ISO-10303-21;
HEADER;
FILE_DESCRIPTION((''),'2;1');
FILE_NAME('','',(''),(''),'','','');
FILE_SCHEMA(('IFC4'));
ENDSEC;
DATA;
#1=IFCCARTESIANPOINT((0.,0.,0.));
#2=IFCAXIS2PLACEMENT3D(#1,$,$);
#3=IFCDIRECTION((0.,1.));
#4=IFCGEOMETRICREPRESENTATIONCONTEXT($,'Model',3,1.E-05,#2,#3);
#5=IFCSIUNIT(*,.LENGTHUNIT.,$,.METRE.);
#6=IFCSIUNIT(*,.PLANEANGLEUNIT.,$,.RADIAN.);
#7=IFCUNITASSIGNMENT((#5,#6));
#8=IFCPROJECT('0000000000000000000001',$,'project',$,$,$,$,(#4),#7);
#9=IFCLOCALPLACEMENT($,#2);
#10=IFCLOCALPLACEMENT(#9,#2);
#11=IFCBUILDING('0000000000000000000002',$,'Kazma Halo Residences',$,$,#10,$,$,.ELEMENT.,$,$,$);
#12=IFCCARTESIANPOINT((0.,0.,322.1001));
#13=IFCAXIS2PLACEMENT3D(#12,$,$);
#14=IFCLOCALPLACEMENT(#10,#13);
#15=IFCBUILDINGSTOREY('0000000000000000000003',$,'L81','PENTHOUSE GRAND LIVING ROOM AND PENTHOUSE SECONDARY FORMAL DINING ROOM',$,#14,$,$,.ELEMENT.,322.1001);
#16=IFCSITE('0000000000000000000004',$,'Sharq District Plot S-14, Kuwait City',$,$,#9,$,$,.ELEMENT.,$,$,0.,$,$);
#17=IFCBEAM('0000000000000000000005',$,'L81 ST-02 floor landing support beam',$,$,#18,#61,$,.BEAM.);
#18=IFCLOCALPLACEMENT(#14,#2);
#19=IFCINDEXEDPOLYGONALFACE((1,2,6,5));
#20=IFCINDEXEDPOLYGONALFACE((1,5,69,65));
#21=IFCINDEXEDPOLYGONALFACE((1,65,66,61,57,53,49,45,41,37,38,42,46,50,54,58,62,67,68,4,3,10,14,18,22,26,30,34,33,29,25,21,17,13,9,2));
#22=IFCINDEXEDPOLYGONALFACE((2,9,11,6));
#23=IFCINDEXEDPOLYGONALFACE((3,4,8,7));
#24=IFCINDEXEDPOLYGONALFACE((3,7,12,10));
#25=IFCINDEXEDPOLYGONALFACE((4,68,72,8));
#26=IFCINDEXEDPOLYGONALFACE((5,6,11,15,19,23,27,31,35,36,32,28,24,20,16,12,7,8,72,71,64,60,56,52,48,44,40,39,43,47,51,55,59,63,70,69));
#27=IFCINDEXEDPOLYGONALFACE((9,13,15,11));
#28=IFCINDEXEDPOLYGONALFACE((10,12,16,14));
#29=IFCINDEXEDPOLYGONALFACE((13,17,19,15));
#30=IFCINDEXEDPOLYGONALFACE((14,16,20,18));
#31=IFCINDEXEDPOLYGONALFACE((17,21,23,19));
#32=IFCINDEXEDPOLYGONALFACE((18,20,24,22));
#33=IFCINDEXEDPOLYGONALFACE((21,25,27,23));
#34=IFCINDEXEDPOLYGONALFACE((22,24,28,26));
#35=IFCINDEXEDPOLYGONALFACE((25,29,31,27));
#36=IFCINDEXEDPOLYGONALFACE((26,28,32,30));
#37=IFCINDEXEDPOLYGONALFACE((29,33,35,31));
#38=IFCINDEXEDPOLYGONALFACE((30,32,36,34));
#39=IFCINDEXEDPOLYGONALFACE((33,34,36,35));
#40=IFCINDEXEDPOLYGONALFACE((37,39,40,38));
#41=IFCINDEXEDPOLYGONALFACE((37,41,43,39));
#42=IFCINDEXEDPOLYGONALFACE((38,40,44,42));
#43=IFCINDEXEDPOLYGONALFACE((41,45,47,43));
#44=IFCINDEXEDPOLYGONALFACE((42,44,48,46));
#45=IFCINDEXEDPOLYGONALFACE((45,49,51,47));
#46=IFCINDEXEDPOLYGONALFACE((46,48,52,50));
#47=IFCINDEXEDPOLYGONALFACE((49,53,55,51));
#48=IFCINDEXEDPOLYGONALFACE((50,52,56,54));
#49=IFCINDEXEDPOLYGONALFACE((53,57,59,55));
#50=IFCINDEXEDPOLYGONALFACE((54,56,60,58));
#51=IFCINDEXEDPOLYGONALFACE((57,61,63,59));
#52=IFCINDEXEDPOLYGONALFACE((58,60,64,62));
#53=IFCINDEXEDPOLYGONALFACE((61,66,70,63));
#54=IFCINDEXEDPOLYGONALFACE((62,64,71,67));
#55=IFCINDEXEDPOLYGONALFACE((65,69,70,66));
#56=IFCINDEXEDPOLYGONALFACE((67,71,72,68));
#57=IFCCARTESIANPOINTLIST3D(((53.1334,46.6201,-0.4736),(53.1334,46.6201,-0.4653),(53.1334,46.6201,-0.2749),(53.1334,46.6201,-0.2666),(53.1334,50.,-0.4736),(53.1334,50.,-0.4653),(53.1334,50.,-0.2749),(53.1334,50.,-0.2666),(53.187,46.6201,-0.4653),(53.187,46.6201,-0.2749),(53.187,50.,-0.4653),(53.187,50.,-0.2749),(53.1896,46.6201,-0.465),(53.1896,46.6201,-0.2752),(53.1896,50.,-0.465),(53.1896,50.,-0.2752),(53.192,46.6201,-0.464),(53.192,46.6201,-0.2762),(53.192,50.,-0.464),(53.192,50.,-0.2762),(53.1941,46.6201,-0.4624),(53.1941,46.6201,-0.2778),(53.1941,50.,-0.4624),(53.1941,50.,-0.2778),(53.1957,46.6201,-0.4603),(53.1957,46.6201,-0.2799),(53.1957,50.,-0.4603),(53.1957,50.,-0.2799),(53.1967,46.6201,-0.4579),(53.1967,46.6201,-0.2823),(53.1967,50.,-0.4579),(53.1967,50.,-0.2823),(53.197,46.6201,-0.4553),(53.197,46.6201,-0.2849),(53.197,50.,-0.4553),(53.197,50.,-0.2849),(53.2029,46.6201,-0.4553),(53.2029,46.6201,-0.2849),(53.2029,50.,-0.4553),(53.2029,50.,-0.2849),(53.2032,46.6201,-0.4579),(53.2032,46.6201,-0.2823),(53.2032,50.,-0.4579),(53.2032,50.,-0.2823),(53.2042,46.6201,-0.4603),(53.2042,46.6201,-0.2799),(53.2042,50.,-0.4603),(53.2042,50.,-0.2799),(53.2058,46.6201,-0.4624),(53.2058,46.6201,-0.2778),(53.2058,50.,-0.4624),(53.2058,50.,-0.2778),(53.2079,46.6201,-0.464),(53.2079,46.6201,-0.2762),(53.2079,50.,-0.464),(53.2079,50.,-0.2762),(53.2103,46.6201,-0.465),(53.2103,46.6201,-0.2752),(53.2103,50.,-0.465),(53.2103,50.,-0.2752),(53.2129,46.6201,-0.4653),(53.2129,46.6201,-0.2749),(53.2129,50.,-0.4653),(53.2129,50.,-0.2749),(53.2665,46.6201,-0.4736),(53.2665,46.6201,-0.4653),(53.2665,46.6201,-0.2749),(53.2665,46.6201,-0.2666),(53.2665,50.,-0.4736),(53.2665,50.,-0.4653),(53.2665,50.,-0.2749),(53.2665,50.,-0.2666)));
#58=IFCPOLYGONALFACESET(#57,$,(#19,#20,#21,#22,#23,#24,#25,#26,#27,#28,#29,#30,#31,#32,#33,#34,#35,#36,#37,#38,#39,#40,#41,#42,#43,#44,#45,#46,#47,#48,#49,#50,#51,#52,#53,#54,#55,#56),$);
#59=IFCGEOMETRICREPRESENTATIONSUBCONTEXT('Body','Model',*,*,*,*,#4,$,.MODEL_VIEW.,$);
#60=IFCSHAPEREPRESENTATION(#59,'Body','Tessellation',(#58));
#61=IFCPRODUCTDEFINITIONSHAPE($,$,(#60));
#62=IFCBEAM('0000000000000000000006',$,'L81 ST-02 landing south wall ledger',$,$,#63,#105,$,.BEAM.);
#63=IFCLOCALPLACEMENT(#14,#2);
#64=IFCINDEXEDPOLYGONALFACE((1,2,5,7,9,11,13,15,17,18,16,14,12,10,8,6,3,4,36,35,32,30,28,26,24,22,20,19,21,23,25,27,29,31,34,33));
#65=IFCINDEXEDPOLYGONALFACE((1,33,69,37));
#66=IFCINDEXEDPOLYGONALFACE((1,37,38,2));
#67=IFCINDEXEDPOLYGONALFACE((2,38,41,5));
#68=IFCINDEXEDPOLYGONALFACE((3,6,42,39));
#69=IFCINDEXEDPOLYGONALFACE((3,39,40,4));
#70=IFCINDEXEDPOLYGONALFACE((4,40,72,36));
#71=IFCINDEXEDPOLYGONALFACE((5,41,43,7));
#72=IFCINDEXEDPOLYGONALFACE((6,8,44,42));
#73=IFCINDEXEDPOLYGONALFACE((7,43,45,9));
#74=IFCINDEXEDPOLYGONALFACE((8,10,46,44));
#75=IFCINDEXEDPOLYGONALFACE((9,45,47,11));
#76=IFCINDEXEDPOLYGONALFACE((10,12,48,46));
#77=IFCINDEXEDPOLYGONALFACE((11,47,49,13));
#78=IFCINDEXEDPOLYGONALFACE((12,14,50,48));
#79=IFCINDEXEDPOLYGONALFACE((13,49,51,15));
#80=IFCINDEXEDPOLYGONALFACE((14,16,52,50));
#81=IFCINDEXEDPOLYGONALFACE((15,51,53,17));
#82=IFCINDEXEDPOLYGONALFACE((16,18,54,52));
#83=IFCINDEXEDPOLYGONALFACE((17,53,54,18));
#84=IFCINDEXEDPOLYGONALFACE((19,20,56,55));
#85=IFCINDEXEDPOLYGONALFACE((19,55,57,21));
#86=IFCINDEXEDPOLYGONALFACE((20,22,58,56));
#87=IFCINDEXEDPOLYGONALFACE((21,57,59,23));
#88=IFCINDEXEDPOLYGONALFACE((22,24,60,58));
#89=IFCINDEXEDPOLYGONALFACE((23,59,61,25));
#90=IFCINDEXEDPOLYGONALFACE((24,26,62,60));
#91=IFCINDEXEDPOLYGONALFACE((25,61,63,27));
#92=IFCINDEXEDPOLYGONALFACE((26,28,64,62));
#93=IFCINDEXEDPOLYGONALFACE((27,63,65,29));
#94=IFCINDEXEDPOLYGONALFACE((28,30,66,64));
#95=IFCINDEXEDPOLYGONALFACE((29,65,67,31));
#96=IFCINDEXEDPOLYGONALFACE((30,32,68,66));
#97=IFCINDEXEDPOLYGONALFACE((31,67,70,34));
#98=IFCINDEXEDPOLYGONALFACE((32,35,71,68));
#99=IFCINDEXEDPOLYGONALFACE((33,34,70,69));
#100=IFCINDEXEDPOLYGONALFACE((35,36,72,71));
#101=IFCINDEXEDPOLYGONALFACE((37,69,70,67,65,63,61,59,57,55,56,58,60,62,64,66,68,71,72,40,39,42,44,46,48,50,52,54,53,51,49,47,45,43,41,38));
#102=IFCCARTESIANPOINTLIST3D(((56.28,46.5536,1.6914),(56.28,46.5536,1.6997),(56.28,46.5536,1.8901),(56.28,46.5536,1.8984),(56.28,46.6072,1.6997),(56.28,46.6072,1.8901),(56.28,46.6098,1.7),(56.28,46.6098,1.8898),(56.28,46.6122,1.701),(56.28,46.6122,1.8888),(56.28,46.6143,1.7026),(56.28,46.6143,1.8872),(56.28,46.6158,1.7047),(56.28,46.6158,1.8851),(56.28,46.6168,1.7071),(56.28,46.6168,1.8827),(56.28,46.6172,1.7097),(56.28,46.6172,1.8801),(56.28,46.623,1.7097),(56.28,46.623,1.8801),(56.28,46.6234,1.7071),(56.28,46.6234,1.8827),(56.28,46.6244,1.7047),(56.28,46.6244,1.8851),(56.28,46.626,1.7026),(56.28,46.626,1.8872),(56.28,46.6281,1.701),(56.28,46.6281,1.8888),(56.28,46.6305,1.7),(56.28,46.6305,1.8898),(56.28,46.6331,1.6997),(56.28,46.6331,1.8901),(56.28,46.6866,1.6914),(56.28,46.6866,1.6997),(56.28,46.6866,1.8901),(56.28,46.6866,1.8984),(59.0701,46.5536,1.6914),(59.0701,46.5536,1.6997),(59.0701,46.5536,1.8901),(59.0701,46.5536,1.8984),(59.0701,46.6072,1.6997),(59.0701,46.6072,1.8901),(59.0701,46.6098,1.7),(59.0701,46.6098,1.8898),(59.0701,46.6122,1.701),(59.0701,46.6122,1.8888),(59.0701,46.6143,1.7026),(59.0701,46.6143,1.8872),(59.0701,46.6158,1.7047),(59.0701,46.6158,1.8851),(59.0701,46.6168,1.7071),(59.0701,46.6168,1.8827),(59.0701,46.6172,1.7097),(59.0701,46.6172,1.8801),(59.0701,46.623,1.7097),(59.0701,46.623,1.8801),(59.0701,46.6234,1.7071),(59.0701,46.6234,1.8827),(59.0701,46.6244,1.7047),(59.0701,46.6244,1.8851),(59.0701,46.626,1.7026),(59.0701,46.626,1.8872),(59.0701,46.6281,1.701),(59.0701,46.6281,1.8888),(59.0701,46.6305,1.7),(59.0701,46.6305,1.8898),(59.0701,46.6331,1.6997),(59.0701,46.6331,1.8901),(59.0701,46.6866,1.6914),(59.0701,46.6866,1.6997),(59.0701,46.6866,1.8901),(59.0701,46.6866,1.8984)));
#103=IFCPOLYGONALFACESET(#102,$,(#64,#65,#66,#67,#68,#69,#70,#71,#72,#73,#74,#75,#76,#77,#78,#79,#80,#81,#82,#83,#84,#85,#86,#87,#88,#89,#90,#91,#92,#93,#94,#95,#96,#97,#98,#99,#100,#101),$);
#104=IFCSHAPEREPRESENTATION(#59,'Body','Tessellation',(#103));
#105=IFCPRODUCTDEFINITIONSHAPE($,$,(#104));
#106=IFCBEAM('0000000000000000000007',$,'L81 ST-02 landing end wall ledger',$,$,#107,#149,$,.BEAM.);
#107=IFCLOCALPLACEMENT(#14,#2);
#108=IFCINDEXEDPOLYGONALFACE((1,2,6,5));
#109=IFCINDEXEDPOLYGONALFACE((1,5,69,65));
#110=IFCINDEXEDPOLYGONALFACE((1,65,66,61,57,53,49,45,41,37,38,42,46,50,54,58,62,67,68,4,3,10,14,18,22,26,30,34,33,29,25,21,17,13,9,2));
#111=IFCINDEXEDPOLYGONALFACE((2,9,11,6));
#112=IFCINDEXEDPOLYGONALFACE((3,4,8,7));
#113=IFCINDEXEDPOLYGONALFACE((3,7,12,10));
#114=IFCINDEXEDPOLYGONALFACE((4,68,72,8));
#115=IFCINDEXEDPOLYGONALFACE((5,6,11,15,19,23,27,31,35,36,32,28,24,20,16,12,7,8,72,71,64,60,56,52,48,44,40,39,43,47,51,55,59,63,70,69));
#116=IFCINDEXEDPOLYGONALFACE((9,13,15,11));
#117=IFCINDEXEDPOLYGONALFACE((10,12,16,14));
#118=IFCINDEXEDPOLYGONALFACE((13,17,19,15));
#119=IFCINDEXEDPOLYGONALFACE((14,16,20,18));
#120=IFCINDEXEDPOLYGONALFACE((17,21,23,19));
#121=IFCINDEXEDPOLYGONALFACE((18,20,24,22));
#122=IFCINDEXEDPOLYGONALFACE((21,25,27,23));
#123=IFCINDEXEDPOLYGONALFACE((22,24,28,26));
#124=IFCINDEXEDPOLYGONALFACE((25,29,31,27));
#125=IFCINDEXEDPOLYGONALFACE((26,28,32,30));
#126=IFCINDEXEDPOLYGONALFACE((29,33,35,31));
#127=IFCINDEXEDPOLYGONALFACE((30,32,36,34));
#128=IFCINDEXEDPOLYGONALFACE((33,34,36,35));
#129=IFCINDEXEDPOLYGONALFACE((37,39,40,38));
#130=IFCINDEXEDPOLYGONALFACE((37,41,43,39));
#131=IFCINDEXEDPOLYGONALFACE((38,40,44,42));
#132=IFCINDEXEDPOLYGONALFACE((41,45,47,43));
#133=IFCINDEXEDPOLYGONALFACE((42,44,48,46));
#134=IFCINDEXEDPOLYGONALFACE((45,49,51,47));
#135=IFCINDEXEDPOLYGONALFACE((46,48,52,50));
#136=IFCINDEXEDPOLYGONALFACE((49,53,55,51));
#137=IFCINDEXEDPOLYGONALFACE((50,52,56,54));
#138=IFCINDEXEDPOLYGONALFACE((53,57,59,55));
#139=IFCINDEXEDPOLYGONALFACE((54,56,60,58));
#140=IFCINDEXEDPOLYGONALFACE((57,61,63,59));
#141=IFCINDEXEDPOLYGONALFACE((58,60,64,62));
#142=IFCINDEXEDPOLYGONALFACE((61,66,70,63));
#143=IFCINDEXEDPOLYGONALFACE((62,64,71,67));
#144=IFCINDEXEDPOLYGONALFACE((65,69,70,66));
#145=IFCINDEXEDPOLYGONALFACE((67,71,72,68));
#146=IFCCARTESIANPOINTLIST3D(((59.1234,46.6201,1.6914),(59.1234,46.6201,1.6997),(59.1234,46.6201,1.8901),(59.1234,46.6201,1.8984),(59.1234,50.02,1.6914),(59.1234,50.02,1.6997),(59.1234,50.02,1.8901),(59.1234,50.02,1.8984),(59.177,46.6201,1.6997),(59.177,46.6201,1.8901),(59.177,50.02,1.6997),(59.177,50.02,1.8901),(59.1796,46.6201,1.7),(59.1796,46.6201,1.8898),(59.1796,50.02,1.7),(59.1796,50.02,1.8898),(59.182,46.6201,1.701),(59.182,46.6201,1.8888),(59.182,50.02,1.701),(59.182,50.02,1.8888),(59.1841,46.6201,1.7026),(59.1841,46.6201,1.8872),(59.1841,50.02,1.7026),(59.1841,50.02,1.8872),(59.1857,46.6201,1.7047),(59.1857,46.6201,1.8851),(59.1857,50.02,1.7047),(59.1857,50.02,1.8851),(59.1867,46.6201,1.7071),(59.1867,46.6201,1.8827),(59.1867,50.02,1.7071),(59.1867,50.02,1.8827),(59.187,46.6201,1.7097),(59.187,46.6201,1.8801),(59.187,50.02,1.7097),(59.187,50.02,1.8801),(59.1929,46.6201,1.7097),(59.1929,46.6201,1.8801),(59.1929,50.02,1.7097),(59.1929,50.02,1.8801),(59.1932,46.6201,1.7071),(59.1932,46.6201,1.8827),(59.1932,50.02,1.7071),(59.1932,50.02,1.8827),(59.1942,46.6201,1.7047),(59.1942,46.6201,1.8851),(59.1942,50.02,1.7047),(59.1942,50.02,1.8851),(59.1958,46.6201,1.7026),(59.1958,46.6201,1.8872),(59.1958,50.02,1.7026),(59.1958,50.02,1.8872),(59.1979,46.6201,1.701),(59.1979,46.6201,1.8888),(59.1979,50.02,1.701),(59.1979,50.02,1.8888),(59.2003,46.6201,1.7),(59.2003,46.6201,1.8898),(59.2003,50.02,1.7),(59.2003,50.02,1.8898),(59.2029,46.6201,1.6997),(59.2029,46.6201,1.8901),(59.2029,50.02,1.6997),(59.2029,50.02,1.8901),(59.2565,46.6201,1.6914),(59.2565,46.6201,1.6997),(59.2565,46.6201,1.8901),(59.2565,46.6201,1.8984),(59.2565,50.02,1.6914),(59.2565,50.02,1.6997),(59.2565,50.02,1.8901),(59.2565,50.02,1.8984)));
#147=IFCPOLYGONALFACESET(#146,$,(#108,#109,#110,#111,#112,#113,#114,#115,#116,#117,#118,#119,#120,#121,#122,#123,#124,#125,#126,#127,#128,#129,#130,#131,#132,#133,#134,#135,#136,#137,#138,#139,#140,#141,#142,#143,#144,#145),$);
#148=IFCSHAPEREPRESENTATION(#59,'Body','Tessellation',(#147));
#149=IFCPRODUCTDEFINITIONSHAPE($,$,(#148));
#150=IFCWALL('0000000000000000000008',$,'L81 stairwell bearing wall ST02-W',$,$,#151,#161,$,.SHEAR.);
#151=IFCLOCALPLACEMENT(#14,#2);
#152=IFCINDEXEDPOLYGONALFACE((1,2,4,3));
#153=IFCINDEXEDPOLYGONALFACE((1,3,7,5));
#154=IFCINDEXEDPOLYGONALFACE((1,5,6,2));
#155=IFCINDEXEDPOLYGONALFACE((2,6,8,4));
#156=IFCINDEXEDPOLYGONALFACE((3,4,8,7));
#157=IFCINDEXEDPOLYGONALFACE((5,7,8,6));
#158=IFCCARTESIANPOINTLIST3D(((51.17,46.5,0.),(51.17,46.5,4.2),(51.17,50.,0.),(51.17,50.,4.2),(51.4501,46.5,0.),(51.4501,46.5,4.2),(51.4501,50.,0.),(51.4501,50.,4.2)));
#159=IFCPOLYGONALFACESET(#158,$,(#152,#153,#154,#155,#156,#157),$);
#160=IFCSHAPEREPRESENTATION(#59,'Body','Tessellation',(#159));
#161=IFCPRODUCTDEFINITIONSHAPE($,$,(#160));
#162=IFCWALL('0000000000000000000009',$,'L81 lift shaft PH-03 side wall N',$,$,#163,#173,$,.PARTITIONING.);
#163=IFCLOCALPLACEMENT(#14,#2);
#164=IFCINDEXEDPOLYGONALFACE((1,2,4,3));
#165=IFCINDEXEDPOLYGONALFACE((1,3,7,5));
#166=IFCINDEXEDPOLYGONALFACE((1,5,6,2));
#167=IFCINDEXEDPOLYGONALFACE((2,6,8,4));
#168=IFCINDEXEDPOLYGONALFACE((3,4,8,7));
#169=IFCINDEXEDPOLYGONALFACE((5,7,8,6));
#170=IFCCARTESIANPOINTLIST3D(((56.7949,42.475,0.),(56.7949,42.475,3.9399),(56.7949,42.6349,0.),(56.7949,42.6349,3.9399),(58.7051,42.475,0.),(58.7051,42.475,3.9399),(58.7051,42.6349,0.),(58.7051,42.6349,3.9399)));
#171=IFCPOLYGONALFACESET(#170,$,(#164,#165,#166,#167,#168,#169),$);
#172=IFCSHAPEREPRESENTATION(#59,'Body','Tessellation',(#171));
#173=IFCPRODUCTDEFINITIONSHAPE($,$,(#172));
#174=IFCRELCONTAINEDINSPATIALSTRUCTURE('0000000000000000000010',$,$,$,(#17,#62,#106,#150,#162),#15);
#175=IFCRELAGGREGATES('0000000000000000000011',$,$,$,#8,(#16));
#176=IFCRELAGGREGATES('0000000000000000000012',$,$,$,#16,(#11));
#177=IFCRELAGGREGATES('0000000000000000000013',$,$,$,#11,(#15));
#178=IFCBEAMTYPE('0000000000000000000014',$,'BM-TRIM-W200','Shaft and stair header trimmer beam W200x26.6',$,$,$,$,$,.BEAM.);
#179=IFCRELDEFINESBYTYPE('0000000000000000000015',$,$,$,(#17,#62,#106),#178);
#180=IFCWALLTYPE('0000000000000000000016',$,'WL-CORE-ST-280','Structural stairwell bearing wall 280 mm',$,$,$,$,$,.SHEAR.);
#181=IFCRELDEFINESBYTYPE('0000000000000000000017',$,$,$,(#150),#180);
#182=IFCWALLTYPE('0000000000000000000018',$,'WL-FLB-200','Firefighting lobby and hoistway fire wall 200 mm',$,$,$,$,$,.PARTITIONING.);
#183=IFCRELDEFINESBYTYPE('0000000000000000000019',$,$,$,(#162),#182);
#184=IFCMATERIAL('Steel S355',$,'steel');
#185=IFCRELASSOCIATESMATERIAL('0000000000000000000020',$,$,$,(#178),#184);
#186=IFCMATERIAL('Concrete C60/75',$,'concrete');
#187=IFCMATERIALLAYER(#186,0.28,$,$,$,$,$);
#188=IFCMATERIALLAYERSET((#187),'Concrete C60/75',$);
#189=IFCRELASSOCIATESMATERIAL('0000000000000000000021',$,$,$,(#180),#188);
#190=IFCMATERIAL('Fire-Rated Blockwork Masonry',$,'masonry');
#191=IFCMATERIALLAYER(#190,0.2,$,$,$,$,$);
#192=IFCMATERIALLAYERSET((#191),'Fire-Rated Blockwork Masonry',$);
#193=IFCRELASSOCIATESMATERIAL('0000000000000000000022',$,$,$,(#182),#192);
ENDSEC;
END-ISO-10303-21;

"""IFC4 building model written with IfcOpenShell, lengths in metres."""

from ifc_helpers import new_model, si_unit, direction, frame, frame_2d, origin, origin_2d, place, context, subcontext, project, spatial, rectangle, i_section, extrude, material, layer, layer_set, material_profile, profile_set, type_object, element, save


model = new_model("IFC4")

# Units and contexts
model_context = context("Model", 3, precision=1e-05, world=origin(), true_north=direction((0.0, 1.0)))
body_context = subcontext(model_context, "Body", "Model", "MODEL_VIEW")
ifc_project = project(units=[si_unit("LENGTHUNIT", "METRE"), si_unit("PLANEANGLEUNIT", "RADIAN")], contexts=[model_context])

# Site, building, storey
site_placement = place(None, origin())
site = spatial("IfcSite", under=ifc_project, at=site_placement, Name="Sharq District Plot S-14, Kuwait City", CompositionType="ELEMENT", RefElevation=0.0)
building_placement = place(site_placement, origin())
building = spatial("IfcBuilding", under=site, at=building_placement, Name="Kazma Halo Residences", CompositionType="ELEMENT")
storey_placement = place(building_placement, frame((0.0, 0.0, 322.1001)))
storey = spatial("IfcBuildingStorey", under=building, at=storey_placement, Name="L81", Description="PENTHOUSE GRAND LIVING ROOM AND PENTHOUSE SECONDARY FORMAL DINING ROOM", CompositionType="ELEMENT", Elevation=322.1001)

# Shared definitions
ifc_material_1 = material(Name="Steel S355", Category="steel")

# Beams
ifc_material_profile_1 = material_profile(ifc_material_1, i_section(OverallWidth=0.1331, OverallDepth=0.207, WebThickness=0.0059, FlangeThickness=0.0083, FilletRadius=0.01, at=origin_2d()), Name="W200x26.6")
ifc_profile_set_1 = profile_set([ifc_material_profile_1], Name="Steel S355")
beam_type_1 = type_object("IfcBeamType", Name="BM-TRIM-W200", Description="Shaft and stair header trimmer beam W200x26.6", PredefinedType="BEAM", material=ifc_profile_set_1)
beam_1_placement = place(storey_placement, frame((53.2, 46.6201, -0.3701), z_axis=(0.0, 1.0, 0.0), x_axis=(-1.0, 0.0, 0.0)))
element("IfcBeam", 1, at=beam_1_placement, inside=storey, type_object=beam_type_1, Name="L81 ST-02 floor landing support beam", PredefinedType="BEAM", context=body_context, shape_type="SweptSolid", body=[
    extrude(i_section(OverallWidth=0.1331, OverallDepth=0.207, WebThickness=0.0059, FlangeThickness=0.0083, FilletRadius=0.01, at=origin_2d()), origin(), (0.0, 0.0, 1.0), 3.3799),
])
beam_2_placement = place(storey_placement, frame((56.28, 46.6201, 1.7949), z_axis=(1.0, 0.0, 0.0), x_axis=(0.0, 1.0, 0.0)))
element("IfcBeam", 2, at=beam_2_placement, inside=storey, type_object=beam_type_1, Name="L81 ST-02 landing south wall ledger", PredefinedType="BEAM", context=body_context, shape_type="SweptSolid", body=[
    extrude(i_section(OverallWidth=0.1331, OverallDepth=0.207, WebThickness=0.0059, FlangeThickness=0.0083, FilletRadius=0.01, at=origin_2d()), origin(), (0.0, 0.0, 1.0), 2.79),
])
beam_3_placement = place(storey_placement, frame((59.1899, 46.6201, 1.7949), z_axis=(0.0, 1.0, 0.0), x_axis=(-1.0, 0.0, 0.0)))
element("IfcBeam", 3, at=beam_3_placement, inside=storey, type_object=beam_type_1, Name="L81 ST-02 landing end wall ledger", PredefinedType="BEAM", context=body_context, shape_type="SweptSolid", body=[
    extrude(i_section(OverallWidth=0.1331, OverallDepth=0.207, WebThickness=0.0059, FlangeThickness=0.0083, FilletRadius=0.01, at=origin_2d()), origin(), (0.0, 0.0, 1.0), 3.3999),
])

# Walls
ifc_material_2 = material(Name="Concrete C60/75", Category="concrete")
ifc_layer_1 = layer(ifc_material_2, 0.28)
ifc_layer_set_1 = layer_set([ifc_layer_1], Name="Concrete C60/75")
wall_type_1 = type_object("IfcWallType", Name="WL-CORE-ST-280", Description="Structural stairwell bearing wall 280 mm", PredefinedType="SHEAR", material=ifc_layer_set_1)
wall_1_placement = place(storey_placement, frame((51.3101, 46.5, 0.0), z_axis=(0.0, 0.0, 1.0), x_axis=(0.0, 1.0, 0.0)))
element("IfcWall", 4, at=wall_1_placement, inside=storey, type_object=wall_type_1, Name="L81 stairwell bearing wall ST02-W", PredefinedType="SHEAR", context=body_context, shape_type="SweptSolid", body=[
    extrude(rectangle(XDim=3.5, YDim=0.28, at=frame_2d((1.75, 0.0))), origin(), (0.0, 0.0, 1.0), 4.2),
])
ifc_material_3 = material(Name="Fire-Rated Blockwork Masonry", Category="masonry")
ifc_layer_2 = layer(ifc_material_3, 0.2)
ifc_layer_set_2 = layer_set([ifc_layer_2], Name="Fire-Rated Blockwork Masonry")
wall_type_2 = type_object("IfcWallType", Name="WL-FLB-200", Description="Firefighting lobby and hoistway fire wall 200 mm", PredefinedType="PARTITIONING", material=ifc_layer_set_2)
wall_2_placement = place(storey_placement, frame((56.7949, 42.5549, 0.0), z_axis=(0.0, 0.0, 1.0), x_axis=(1.0, 0.0, 0.0)))
element("IfcWall", 5, at=wall_2_placement, inside=storey, type_object=wall_type_2, Name="L81 lift shaft PH-03 side wall N", PredefinedType="PARTITIONING", context=body_context, shape_type="SweptSolid", body=[
    extrude(rectangle(XDim=1.9102, YDim=0.1599, at=frame_2d((0.9551, 0.0))), origin(), (0.0, 0.0, 1.0), 3.9399),
])

save(model, "model.ifc")
